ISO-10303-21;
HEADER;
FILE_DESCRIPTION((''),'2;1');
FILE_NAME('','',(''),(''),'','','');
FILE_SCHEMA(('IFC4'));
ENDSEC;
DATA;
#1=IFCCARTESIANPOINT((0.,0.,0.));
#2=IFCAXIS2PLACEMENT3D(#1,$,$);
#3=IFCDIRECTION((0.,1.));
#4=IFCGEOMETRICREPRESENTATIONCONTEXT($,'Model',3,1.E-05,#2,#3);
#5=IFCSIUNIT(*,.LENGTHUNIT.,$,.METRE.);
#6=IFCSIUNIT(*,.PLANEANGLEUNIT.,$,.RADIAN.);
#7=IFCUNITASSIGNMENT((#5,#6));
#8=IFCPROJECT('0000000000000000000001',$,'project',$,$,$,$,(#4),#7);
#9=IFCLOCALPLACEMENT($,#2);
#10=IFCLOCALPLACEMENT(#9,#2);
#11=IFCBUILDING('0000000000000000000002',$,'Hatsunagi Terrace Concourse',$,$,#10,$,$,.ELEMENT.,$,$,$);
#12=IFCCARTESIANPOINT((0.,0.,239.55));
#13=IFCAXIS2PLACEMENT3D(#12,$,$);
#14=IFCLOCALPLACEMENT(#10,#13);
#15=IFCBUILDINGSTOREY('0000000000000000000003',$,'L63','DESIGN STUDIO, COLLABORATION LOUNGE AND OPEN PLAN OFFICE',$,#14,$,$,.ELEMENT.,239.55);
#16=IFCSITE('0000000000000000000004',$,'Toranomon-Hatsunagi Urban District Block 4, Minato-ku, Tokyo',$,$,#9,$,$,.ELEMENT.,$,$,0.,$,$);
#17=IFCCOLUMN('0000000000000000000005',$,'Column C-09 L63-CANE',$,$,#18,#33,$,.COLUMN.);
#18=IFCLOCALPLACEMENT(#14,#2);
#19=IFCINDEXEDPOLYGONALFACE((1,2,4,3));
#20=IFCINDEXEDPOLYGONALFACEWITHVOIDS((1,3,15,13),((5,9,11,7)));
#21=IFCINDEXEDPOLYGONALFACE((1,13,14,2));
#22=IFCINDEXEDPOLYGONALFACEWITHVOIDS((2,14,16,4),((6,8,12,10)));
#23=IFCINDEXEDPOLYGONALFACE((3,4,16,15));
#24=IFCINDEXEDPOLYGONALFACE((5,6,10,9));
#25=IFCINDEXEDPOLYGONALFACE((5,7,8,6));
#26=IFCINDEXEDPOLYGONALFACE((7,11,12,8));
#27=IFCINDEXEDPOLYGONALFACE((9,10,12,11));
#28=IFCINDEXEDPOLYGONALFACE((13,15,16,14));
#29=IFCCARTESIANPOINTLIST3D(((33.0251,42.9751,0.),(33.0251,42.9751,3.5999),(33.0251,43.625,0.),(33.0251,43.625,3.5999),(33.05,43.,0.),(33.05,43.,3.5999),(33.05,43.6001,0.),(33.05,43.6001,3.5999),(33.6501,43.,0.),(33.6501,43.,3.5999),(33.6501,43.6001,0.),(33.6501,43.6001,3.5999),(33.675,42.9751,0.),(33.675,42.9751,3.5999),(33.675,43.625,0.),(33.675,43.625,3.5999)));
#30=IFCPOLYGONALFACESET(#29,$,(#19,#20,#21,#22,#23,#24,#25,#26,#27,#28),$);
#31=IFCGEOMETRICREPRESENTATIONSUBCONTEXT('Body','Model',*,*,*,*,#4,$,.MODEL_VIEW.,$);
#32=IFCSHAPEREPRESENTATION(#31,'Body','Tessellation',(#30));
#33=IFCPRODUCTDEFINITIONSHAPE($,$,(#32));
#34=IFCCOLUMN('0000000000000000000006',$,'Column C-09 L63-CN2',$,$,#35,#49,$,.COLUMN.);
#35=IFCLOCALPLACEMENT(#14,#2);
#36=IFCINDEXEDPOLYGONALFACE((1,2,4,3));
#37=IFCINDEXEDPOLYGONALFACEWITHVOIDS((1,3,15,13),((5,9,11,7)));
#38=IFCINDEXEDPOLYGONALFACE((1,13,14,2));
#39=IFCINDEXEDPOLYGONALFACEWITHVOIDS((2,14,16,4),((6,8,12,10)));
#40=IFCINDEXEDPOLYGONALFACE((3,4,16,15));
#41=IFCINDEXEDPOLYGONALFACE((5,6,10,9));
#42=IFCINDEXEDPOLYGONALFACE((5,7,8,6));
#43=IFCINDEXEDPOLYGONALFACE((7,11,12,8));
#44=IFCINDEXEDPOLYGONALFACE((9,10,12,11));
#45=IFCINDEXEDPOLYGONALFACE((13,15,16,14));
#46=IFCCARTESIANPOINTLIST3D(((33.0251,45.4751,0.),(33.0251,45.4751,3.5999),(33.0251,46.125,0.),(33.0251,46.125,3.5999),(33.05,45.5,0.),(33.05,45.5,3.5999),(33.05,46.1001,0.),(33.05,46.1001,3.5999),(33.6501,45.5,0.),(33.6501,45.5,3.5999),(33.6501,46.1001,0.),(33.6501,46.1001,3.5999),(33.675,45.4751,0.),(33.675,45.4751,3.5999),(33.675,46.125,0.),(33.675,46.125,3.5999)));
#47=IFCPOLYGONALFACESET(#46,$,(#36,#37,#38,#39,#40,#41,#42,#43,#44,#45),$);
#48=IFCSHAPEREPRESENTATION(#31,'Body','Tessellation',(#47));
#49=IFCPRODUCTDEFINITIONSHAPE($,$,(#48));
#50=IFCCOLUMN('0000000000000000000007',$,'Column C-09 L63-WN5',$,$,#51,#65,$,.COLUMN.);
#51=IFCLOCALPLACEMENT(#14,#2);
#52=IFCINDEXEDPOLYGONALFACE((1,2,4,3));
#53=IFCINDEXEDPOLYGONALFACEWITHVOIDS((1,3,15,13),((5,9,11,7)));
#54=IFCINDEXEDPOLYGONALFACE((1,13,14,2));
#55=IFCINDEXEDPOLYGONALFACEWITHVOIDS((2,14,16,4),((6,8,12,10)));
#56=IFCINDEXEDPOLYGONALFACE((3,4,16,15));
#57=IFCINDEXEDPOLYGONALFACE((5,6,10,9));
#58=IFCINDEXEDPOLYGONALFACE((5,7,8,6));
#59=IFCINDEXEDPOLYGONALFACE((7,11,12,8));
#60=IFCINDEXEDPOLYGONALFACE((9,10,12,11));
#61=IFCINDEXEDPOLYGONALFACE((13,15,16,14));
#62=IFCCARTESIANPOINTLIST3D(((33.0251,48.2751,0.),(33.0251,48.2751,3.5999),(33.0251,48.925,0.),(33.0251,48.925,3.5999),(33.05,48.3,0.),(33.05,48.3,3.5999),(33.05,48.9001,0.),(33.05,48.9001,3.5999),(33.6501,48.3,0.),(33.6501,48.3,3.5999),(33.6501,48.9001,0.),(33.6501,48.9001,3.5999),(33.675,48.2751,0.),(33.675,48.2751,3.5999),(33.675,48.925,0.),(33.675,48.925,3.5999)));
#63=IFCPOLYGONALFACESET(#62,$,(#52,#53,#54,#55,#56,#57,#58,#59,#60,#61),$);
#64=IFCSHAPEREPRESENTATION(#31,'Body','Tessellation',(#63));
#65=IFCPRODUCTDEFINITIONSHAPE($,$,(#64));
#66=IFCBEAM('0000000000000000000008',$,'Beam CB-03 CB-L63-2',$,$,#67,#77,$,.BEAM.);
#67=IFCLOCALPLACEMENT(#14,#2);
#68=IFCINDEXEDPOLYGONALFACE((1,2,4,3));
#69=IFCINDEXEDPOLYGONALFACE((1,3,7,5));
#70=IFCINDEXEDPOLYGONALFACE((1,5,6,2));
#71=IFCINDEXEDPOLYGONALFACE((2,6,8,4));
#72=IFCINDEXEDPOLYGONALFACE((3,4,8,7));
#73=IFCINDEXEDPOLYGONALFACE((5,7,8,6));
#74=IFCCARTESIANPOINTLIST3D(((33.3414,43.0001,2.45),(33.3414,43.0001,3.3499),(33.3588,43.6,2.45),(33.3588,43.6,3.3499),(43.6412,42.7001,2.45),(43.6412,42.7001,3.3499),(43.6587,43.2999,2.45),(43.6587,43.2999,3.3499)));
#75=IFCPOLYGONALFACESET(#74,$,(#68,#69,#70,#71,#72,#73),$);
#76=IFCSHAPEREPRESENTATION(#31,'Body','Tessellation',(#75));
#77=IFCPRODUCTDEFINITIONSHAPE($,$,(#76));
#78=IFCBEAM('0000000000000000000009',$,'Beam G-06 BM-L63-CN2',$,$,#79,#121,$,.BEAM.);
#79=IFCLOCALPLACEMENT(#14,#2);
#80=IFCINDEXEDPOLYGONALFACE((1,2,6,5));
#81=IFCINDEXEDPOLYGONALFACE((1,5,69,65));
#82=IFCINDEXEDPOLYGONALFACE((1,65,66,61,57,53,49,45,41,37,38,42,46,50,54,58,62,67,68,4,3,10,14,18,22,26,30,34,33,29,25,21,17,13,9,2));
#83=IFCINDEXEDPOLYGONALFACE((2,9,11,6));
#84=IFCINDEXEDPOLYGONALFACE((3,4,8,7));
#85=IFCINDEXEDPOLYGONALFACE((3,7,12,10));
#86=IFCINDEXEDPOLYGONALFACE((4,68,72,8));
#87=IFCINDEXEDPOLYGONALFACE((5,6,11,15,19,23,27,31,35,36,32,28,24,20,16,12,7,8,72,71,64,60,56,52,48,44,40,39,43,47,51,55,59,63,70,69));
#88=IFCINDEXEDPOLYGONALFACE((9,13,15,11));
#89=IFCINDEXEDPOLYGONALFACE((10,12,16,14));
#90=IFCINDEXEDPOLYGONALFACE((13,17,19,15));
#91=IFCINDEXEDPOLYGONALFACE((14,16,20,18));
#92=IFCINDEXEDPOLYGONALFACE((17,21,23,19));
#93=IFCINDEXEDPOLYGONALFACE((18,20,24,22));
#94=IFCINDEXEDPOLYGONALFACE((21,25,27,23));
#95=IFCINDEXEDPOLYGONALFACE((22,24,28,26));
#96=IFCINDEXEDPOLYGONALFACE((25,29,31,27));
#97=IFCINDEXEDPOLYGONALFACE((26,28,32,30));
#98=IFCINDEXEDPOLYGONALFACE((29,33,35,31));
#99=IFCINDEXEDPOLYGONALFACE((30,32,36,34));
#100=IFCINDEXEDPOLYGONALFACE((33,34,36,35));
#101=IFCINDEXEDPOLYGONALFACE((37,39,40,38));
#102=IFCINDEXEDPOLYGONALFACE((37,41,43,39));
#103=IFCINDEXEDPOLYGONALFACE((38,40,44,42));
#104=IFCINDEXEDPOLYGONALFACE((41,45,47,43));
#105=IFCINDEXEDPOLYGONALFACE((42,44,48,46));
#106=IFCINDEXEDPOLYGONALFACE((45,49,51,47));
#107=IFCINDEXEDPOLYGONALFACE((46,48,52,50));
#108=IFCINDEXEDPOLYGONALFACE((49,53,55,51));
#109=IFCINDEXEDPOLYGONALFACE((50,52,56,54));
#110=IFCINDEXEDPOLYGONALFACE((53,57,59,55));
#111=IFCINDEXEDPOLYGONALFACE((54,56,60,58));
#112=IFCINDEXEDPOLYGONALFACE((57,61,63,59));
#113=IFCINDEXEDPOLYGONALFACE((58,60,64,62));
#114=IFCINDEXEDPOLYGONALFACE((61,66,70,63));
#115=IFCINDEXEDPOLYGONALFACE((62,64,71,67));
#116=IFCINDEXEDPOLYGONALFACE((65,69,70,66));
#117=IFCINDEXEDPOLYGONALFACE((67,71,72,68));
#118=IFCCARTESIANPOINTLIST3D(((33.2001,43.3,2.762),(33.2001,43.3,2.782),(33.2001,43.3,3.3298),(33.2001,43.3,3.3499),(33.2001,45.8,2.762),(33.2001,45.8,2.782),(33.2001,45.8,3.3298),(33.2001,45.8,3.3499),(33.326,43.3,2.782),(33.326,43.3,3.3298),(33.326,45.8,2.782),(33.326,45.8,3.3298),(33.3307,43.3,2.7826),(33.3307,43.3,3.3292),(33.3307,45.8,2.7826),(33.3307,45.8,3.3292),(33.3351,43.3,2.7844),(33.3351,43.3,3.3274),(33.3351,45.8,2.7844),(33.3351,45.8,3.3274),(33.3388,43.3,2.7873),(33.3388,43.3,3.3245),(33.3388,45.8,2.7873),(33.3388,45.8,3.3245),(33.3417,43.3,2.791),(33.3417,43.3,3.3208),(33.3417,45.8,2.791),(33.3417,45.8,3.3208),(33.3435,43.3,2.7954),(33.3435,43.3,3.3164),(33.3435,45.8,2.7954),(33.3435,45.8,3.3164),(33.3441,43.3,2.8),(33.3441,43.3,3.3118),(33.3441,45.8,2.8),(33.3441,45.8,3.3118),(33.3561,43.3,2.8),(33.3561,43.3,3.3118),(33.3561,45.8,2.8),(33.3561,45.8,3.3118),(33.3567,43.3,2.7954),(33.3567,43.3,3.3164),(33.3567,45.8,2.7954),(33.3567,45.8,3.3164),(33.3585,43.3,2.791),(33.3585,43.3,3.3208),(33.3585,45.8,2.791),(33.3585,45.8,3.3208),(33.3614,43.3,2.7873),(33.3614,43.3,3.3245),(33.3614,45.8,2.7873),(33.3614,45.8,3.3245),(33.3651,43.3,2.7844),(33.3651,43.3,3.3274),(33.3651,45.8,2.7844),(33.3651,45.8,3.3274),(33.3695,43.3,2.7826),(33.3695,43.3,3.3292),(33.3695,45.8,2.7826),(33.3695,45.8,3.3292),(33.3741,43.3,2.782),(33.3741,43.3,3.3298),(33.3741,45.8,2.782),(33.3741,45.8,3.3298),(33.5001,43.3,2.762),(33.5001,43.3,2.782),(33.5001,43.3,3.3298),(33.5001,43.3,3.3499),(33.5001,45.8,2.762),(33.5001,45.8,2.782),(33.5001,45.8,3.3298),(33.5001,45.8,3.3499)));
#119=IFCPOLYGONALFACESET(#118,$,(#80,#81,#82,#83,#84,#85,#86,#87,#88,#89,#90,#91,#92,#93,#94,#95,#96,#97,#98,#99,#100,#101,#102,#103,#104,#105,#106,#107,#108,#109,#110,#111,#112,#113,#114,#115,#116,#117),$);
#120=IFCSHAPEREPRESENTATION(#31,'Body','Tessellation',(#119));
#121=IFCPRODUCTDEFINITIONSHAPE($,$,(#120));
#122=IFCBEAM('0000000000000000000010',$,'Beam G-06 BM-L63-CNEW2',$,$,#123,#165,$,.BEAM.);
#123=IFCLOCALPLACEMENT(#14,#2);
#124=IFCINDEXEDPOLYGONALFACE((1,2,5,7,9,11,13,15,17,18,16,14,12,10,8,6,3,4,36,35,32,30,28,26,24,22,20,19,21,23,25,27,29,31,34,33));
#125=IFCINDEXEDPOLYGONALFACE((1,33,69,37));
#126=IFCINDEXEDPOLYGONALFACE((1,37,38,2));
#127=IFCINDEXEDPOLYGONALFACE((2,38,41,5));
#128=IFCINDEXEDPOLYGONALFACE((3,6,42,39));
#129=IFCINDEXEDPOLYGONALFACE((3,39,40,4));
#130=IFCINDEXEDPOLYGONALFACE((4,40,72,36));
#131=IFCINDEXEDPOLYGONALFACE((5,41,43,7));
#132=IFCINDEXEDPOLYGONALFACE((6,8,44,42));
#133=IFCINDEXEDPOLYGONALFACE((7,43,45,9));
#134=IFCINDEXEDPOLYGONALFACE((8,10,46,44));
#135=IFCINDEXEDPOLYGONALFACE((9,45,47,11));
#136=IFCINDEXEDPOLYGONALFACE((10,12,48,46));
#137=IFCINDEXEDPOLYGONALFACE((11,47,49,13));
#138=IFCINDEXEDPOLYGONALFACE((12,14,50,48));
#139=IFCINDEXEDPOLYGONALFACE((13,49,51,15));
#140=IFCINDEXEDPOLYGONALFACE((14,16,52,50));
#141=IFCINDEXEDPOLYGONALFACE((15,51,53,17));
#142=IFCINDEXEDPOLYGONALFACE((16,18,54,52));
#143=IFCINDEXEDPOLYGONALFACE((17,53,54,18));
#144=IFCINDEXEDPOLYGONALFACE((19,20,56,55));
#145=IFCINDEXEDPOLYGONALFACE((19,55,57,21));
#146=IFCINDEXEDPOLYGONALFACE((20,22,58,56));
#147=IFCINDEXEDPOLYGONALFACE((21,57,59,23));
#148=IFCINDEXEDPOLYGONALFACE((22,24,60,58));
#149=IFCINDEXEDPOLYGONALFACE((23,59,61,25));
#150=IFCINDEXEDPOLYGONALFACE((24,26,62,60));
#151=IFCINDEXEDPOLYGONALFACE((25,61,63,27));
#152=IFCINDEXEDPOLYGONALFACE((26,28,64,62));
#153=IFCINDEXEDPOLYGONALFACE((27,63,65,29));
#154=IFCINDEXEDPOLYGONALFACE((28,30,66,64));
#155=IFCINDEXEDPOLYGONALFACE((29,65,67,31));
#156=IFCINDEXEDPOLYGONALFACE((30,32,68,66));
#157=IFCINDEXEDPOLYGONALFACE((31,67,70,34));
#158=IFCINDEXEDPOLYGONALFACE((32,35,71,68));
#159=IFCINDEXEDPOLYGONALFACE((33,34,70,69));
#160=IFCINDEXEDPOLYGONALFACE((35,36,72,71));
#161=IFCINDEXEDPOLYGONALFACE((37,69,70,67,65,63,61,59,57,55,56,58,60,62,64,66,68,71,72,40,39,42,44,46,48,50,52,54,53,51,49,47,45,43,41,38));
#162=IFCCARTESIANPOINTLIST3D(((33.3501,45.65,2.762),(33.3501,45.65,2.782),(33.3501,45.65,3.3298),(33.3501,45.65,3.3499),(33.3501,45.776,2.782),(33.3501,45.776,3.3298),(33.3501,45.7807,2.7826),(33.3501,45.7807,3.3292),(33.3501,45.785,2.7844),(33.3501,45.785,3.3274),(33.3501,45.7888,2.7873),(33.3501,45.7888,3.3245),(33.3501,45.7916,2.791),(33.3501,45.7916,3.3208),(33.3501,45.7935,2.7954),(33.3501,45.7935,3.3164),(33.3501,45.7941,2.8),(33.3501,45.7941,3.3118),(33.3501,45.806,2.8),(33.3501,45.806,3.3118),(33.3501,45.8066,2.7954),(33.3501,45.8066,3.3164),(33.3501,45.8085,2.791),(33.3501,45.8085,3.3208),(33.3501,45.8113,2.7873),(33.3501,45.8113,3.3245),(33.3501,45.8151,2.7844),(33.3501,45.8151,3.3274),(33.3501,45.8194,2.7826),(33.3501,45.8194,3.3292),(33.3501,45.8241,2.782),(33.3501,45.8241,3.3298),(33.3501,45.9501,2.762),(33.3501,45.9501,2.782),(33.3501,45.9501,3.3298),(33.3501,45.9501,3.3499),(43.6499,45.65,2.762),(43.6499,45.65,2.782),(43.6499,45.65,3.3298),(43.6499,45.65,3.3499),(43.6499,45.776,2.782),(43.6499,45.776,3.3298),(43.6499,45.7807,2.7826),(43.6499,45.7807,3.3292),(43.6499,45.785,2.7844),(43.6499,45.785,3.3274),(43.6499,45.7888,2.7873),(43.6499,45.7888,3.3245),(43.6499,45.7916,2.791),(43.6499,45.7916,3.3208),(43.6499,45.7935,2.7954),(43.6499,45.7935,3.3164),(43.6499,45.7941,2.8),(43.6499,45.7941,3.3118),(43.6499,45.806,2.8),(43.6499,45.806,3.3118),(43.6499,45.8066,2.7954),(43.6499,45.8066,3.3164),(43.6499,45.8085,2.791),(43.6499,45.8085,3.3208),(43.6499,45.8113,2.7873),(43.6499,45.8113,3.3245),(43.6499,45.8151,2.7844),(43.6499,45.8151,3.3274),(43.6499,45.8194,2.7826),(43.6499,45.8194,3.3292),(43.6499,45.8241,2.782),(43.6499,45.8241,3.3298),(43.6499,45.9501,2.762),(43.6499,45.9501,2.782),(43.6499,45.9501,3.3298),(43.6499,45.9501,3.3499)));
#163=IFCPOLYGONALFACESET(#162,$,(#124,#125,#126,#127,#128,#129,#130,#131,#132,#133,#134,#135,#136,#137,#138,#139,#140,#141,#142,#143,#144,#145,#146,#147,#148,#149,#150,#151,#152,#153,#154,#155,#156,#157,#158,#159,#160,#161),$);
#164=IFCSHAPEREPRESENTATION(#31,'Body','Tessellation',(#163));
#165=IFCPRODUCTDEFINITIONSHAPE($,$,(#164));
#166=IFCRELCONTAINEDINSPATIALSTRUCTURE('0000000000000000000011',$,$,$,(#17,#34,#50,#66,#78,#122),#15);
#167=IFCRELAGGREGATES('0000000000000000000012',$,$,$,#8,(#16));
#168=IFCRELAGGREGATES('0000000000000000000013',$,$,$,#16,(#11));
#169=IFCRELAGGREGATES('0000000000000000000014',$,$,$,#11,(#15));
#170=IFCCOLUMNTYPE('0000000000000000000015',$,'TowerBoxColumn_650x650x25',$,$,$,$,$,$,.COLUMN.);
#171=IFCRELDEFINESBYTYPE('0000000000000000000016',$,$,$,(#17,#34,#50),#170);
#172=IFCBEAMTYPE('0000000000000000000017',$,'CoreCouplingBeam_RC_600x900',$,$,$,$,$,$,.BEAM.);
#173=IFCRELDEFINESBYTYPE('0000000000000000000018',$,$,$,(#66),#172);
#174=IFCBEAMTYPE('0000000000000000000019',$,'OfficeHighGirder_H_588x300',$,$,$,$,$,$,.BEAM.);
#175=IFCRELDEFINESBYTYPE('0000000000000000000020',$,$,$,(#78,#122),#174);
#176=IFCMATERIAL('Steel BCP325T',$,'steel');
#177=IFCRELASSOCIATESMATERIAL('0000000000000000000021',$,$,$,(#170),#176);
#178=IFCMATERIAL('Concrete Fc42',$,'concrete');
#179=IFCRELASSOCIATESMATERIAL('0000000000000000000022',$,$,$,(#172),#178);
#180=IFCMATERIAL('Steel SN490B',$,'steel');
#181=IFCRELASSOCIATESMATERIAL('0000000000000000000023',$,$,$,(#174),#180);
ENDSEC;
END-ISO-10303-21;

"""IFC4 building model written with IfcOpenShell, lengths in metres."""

from ifc_helpers import new_model, si_unit, direction, frame, origin, origin_2d, place, context, subcontext, project, spatial, rectangle, hollow_rectangle, i_section, extrude, material, material_profile, profile_set, type_object, element, save


model = new_model("IFC4")

# Units and contexts
model_context = context("Model", 3, precision=1e-05, world=origin(), true_north=direction((0.0, 1.0)))
body_context = subcontext(model_context, "Body", "Model", "MODEL_VIEW")
ifc_project = project(units=[si_unit("LENGTHUNIT", "METRE"), si_unit("PLANEANGLEUNIT", "RADIAN")], contexts=[model_context])

# Site, building, storey
site_placement = place(None, origin())
site = spatial("IfcSite", under=ifc_project, at=site_placement, Name="Toranomon-Hatsunagi Urban District Block 4, Minato-ku, Tokyo", CompositionType="ELEMENT", RefElevation=0.0)
building_placement = place(site_placement, origin())
building = spatial("IfcBuilding", under=site, at=building_placement, Name="Hatsunagi Terrace Concourse", CompositionType="ELEMENT")
storey_placement = place(building_placement, frame((0.0, 0.0, 239.55)))
storey = spatial("IfcBuildingStorey", under=building, at=storey_placement, Name="L63", Description="DESIGN STUDIO, COLLABORATION LOUNGE AND OPEN PLAN OFFICE", CompositionType="ELEMENT", Elevation=239.55)

# Columns
ifc_material_1 = material(Name="Steel BCP325T", Category="steel")
ifc_material_profile_1 = material_profile(ifc_material_1, hollow_rectangle(XDim=0.6499, YDim=0.6499, WallThickness=0.0249, at=origin_2d()), Name="BCP-650x650x25")
ifc_profile_set_1 = profile_set([ifc_material_profile_1], Name="Steel BCP325T")
column_type = type_object("IfcColumnType", Name="TowerBoxColumn_650x650x25", PredefinedType="COLUMN", material=ifc_profile_set_1)
for number, where, z_axis, x_axis, name in (
    (1, (33.3501, 43.3, 0.0), (0.0, 0.0, 1.0), (1.0, 0.0, 0.0), "Column C-09 L63-CANE"),
    (2, (33.3501, 45.8, 0.0), (0.0, 0.0, 1.0), (1.0, 0.0, 0.0), "Column C-09 L63-CN2"),
    (3, (33.3501, 48.6001, 0.0), (0.0, 0.0, 1.0), (1.0, 0.0, 0.0), "Column C-09 L63-WN5"),
):
    element("IfcColumn", number, at=place(storey_placement, frame(where, z_axis=z_axis, x_axis=x_axis)), inside=storey, type_object=column_type, Name=name, PredefinedType="COLUMN", context=body_context, shape_type="SweptSolid", body=[
        extrude(hollow_rectangle(XDim=0.6499, YDim=0.6499, WallThickness=0.0249, at=origin_2d()), origin(), (0.0, 0.0, 1.0), 3.5999),
    ])

# Beams
ifc_material_2 = material(Name="Concrete Fc42", Category="concrete")
ifc_material_profile_2 = material_profile(ifc_material_2, rectangle(XDim=0.6001, YDim=0.8999, at=origin_2d()), Name="RC-600x900")
ifc_profile_set_2 = profile_set([ifc_material_profile_2], Name="Concrete Fc42")
beam_type_1 = type_object("IfcBeamType", Name="CoreCouplingBeam_RC_600x900", PredefinedType="BEAM", material=ifc_profile_set_2)
beam_1_placement = place(storey_placement, frame((33.3501, 43.3, 2.8999), z_axis=(0.999576, -0.029119, 0.0), x_axis=(0.029119, 0.999576, 0.0)))
element("IfcBeam", 4, at=beam_1_placement, inside=storey, type_object=beam_type_1, Name="Beam CB-03 CB-L63-2", PredefinedType="BEAM", context=body_context, shape_type="SweptSolid", body=[
    extrude(rectangle(XDim=0.6001, YDim=0.8999, at=origin_2d()), origin(), (0.0, 0.0, 1.0), 10.3042),
])
ifc_material_3 = material(Name="Steel SN490B", Category="steel")
ifc_material_profile_3 = material_profile(ifc_material_3, i_section(OverallWidth=0.3, OverallDepth=0.5879, WebThickness=0.012, FlangeThickness=0.02, FilletRadius=0.0181, at=origin_2d()), Name="H-588x300x12x20")
ifc_profile_set_3 = profile_set([ifc_material_profile_3], Name="Steel SN490B")
beam_type_2 = type_object("IfcBeamType", Name="OfficeHighGirder_H_588x300", PredefinedType="BEAM", material=ifc_profile_set_3)
beam_2_placement = place(storey_placement, frame((33.3501, 43.3, 3.0559), z_axis=(0.0, 1.0, 0.0), x_axis=(-1.0, 0.0, 0.0)))
element("IfcBeam", 5, at=beam_2_placement, inside=storey, type_object=beam_type_2, Name="Beam G-06 BM-L63-CN2", PredefinedType="BEAM", context=body_context, shape_type="SweptSolid", body=[
    extrude(i_section(OverallWidth=0.3, OverallDepth=0.5879, WebThickness=0.012, FlangeThickness=0.02, FilletRadius=0.0181, at=origin_2d()), origin(), (0.0, 0.0, 1.0), 2.5),
])
beam_3_placement = place(storey_placement, frame((33.3501, 45.8, 3.0559), z_axis=(1.0, 0.0, 0.0), x_axis=(0.0, 1.0, 0.0)))
element("IfcBeam", 6, at=beam_3_placement, inside=storey, type_object=beam_type_2, Name="Beam G-06 BM-L63-CNEW2", PredefinedType="BEAM", context=body_context, shape_type="SweptSolid", body=[
    extrude(i_section(OverallWidth=0.3, OverallDepth=0.5879, WebThickness=0.012, FlangeThickness=0.02, FilletRadius=0.0181, at=origin_2d()), origin(), (0.0, 0.0, 1.0), 10.2998),
])

save(model, "model.ifc")
